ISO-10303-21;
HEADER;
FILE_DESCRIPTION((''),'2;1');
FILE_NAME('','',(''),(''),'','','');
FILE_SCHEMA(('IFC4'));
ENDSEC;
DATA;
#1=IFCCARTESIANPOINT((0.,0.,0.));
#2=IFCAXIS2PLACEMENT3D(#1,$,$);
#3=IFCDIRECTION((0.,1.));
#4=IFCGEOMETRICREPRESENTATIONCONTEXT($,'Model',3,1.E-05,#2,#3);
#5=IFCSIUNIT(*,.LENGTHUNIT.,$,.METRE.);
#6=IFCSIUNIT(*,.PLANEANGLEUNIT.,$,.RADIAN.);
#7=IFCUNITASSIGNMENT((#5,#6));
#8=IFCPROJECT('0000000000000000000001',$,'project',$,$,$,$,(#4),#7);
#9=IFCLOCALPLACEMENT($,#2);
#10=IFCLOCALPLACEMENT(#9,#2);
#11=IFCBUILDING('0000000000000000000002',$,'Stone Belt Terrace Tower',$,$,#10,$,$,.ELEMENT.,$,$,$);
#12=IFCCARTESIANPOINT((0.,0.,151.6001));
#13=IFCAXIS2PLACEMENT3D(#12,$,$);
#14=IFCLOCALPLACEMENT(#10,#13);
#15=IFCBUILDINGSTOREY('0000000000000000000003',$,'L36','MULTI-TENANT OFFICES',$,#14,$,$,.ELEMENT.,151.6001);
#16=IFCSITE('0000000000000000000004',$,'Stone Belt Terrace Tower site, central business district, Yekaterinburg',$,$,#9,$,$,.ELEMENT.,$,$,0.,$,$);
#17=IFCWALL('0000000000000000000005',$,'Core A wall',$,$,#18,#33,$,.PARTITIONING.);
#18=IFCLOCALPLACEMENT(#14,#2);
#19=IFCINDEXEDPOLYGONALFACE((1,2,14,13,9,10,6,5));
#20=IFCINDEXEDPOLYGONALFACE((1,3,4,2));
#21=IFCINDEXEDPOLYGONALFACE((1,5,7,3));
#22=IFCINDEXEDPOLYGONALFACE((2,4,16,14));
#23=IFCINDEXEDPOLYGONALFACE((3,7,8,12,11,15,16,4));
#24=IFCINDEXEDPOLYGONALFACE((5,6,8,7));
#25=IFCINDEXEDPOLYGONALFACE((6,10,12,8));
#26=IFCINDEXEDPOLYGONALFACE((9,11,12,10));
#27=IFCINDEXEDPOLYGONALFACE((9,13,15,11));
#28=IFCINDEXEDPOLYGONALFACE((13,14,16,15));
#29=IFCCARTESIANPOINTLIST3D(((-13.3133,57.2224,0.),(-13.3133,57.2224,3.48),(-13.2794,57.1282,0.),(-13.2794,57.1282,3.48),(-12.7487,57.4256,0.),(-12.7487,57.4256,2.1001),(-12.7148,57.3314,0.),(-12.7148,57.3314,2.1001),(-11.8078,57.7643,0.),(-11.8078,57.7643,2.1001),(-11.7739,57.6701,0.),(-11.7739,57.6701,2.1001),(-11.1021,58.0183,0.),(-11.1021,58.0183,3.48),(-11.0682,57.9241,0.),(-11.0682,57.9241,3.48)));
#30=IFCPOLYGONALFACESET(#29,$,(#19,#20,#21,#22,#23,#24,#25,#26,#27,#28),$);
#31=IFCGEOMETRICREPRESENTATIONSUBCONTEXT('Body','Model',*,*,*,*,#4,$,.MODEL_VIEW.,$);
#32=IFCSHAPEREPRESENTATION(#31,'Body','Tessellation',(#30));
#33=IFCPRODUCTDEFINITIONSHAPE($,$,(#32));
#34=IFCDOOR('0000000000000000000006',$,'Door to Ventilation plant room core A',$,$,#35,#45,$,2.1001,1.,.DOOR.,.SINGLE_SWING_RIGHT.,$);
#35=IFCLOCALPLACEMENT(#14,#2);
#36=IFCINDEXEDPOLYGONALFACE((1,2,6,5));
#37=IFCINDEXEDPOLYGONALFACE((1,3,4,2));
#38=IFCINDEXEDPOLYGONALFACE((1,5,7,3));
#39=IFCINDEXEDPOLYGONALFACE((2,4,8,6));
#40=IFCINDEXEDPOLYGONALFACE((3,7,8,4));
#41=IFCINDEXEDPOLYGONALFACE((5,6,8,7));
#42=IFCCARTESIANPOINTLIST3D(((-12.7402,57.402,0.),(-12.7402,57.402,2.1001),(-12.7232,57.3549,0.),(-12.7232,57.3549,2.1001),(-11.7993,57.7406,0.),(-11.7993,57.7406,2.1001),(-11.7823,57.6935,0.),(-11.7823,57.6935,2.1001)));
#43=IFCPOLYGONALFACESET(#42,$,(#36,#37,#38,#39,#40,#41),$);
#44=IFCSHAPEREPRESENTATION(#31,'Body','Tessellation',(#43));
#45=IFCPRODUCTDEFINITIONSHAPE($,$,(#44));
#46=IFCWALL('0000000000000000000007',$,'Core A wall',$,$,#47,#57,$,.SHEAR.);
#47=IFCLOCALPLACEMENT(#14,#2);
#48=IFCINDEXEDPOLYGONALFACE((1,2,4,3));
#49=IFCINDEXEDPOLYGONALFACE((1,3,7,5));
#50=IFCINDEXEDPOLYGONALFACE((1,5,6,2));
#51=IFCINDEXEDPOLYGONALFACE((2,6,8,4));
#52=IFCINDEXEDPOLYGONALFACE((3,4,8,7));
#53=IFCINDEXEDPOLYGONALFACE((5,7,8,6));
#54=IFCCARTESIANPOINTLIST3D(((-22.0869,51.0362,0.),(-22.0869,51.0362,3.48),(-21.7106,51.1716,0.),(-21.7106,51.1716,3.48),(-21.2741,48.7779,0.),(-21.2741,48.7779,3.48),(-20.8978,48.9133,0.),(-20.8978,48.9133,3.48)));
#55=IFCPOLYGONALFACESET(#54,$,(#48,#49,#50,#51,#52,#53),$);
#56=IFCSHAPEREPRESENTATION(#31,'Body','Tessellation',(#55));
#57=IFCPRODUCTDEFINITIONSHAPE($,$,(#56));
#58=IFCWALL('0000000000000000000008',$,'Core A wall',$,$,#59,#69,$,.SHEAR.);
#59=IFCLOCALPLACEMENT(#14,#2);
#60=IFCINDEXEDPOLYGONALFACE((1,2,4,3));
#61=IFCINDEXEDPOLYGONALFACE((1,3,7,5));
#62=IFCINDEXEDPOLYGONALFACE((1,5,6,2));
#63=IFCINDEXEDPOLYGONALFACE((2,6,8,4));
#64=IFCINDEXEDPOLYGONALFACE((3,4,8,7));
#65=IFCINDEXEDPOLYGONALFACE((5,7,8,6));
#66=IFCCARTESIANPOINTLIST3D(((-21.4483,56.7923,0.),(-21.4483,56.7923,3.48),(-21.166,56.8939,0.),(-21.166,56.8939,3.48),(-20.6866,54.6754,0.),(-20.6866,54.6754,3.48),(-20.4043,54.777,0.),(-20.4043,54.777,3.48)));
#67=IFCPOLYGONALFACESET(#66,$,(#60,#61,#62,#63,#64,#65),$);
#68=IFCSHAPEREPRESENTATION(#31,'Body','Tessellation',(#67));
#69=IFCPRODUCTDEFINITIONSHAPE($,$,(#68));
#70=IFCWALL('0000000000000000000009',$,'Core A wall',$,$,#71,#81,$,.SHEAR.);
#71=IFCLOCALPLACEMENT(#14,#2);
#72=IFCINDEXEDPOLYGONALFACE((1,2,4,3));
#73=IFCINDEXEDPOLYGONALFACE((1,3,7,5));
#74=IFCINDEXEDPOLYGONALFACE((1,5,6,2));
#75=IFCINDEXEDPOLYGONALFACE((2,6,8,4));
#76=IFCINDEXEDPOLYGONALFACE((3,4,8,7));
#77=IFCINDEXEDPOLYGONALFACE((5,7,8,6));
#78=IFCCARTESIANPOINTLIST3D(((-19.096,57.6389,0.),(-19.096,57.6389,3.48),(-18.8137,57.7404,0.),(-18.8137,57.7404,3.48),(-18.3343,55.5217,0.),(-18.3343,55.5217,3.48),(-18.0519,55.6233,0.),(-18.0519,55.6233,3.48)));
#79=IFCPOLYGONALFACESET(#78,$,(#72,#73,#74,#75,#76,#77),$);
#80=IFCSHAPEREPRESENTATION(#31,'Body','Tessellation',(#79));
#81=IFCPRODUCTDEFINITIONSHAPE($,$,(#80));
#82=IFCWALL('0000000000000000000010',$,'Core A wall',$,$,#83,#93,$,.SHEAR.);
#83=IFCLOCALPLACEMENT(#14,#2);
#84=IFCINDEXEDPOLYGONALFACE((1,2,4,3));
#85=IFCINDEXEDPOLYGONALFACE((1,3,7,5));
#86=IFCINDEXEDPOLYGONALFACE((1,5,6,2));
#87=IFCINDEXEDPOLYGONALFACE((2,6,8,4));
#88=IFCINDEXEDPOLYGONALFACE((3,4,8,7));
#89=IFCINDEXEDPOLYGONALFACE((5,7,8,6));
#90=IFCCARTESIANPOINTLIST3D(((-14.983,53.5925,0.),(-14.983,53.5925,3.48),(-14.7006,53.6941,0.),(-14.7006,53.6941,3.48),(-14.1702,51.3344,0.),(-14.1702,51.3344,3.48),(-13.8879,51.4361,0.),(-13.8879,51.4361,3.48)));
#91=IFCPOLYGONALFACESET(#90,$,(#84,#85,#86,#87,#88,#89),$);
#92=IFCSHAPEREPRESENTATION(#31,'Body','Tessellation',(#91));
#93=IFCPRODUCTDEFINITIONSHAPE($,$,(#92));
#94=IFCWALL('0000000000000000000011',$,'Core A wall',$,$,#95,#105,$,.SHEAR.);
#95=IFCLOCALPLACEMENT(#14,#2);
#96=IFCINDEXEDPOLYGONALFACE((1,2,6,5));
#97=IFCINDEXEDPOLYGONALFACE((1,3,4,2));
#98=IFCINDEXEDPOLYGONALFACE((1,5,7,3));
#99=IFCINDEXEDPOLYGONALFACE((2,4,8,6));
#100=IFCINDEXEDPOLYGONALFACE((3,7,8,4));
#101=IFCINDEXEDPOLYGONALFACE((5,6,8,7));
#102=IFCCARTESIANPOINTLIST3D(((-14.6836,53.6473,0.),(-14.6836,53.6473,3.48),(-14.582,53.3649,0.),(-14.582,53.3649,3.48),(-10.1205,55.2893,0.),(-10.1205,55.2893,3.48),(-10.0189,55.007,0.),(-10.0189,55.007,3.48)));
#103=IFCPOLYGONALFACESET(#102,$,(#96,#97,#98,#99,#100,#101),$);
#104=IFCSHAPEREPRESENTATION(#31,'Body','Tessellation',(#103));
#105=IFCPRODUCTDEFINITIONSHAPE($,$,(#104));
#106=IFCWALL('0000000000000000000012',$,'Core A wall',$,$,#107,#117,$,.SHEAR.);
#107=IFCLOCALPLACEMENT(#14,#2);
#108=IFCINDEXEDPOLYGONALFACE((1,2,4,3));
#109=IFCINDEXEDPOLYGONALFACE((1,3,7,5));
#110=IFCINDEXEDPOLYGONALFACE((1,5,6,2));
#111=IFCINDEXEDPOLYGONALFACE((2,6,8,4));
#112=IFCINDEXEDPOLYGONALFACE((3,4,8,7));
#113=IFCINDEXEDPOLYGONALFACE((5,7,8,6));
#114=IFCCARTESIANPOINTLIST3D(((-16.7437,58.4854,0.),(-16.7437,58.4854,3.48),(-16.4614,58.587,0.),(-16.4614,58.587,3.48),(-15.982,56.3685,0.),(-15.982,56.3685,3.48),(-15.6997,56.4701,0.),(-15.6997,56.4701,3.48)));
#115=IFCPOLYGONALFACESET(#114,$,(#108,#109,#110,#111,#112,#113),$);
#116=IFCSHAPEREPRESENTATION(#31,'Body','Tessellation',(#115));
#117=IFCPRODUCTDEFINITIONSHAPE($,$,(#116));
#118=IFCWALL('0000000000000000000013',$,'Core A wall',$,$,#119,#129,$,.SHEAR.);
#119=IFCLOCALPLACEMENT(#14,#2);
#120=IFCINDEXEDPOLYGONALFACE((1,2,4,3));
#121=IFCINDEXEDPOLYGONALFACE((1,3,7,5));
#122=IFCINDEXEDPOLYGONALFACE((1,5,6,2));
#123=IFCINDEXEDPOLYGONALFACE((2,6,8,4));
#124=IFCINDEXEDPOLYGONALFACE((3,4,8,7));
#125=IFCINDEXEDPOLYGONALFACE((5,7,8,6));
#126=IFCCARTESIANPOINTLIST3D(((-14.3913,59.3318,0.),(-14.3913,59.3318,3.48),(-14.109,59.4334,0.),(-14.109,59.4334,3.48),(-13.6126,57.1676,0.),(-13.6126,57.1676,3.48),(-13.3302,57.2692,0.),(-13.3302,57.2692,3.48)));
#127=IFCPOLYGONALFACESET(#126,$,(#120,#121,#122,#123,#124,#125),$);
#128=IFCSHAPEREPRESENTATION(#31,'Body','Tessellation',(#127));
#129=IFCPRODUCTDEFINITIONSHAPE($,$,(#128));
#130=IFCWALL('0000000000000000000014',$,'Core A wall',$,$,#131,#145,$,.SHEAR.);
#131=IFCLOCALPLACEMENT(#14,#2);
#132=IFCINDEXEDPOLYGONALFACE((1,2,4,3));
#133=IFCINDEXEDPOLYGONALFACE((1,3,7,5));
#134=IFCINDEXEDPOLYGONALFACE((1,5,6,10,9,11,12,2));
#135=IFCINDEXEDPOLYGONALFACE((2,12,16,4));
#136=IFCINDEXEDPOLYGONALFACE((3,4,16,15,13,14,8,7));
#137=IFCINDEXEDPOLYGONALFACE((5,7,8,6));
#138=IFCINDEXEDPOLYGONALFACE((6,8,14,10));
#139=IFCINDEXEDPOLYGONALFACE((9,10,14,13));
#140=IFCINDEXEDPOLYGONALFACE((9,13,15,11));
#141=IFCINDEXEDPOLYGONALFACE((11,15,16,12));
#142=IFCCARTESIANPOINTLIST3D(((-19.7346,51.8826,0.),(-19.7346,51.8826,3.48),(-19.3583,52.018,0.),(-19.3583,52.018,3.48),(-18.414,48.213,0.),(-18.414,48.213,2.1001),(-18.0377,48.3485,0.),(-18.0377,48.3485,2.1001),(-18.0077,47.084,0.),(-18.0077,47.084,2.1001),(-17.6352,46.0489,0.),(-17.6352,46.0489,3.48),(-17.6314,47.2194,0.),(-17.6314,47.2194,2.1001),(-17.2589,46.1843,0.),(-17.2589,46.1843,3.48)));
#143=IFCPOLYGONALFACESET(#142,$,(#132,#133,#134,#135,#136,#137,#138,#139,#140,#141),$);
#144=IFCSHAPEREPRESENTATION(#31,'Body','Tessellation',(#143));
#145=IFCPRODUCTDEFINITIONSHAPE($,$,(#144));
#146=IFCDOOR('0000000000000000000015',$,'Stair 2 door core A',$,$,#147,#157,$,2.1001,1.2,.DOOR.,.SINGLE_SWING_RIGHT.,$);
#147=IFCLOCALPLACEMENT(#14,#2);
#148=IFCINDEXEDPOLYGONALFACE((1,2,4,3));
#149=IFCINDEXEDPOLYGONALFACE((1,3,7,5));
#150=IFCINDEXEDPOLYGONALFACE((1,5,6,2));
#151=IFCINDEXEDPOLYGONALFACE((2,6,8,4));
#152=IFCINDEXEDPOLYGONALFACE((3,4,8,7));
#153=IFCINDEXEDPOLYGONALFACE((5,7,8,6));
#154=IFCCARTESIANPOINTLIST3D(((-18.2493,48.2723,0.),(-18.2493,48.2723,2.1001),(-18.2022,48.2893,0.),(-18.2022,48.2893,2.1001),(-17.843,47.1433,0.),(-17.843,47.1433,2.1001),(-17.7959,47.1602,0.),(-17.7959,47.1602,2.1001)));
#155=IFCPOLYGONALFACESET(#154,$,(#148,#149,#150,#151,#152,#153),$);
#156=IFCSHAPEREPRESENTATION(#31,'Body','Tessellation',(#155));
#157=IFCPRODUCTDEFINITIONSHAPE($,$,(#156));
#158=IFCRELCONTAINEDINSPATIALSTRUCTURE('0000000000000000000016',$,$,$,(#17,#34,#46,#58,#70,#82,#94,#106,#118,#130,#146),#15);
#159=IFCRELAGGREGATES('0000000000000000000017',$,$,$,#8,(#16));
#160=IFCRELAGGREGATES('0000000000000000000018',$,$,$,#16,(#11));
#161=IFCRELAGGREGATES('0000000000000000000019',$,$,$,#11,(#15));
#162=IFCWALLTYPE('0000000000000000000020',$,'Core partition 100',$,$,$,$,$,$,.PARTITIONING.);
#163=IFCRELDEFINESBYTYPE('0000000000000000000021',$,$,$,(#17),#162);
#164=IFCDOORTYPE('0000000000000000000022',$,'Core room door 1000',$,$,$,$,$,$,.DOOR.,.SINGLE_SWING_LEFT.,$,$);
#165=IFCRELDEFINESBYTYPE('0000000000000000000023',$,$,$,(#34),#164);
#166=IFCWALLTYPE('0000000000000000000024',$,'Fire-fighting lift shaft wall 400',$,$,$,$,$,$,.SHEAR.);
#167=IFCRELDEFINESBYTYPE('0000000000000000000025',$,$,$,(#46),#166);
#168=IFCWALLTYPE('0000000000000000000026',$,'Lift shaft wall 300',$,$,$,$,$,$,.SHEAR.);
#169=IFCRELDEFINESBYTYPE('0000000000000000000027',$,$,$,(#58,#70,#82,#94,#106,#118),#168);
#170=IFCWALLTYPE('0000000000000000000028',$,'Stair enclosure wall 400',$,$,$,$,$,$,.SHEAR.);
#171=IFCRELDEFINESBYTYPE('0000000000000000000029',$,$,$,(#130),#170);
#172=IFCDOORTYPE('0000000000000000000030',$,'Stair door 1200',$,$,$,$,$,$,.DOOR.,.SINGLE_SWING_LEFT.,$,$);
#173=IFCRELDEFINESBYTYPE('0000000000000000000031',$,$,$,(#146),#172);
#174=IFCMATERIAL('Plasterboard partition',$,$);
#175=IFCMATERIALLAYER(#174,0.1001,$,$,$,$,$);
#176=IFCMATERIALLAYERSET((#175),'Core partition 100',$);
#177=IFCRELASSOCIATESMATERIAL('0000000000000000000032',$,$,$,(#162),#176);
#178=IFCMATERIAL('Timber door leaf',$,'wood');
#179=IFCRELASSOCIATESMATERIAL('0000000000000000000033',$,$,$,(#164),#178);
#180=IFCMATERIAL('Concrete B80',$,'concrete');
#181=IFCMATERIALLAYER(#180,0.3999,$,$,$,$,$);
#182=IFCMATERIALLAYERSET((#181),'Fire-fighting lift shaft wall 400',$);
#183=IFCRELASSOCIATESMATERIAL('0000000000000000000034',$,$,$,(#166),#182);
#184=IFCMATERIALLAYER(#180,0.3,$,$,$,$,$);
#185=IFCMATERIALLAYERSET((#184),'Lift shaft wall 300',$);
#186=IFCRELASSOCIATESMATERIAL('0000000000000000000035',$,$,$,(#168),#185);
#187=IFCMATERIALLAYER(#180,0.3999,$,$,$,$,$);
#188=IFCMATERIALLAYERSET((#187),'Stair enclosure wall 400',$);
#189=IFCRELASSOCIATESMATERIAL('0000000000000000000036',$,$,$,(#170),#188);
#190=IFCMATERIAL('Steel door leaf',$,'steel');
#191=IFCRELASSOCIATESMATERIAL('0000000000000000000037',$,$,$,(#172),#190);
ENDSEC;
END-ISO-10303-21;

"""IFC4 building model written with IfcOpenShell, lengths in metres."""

from ifc_helpers import new_model, si_unit, direction, frame, frame_2d, origin, place, context, subcontext, project, spatial, rectangle, extrude, material, layer, layer_set, type_object, element, fill, save


model = new_model("IFC4")

# Units and contexts
model_context = context("Model", 3, precision=1e-05, world=origin(), true_north=direction((0.0, 1.0)))
body_context = subcontext(model_context, "Body", "Model", "MODEL_VIEW")
ifc_project = project(units=[si_unit("LENGTHUNIT", "METRE"), si_unit("PLANEANGLEUNIT", "RADIAN")], contexts=[model_context])

# Site, building, storey
site_placement = place(None, origin())
site = spatial("IfcSite", under=ifc_project, at=site_placement, Name="Stone Belt Terrace Tower site, central business district, Yekaterinburg", CompositionType="ELEMENT", RefElevation=0.0)
building_placement = place(site_placement, origin())
building = spatial("IfcBuilding", under=site, at=building_placement, Name="Stone Belt Terrace Tower", CompositionType="ELEMENT")
storey_placement = place(building_placement, frame((0.0, 0.0, 151.6001)))
storey = spatial("IfcBuildingStorey", under=building, at=storey_placement, Name="L36", Description="MULTI-TENANT OFFICES", CompositionType="ELEMENT", Elevation=151.6001)

# Shared definitions
ifc_material_1 = material(Name="Concrete B80", Category="concrete")

# Shared definitions
ifc_material_2 = material(Name="Plasterboard partition")
ifc_layer_1 = layer(ifc_material_2, 0.1001)
ifc_layer_set_1 = layer_set([ifc_layer_1], Name="Core partition 100")
wall_type_1 = type_object("IfcWallType", Name="Core partition 100", PredefinedType="PARTITIONING", material=ifc_layer_set_1)
ifc_material_3 = material(Name="Timber door leaf", Category="wood")
door_type_1 = type_object("IfcDoorType", Name="Core room door 1000", OperationType="SINGLE_SWING_LEFT", PredefinedType="DOOR", material=ifc_material_3)

# Wall, opening, door
wall_1_placement = place(storey_placement, frame((-13.2964, 57.1753, 0.0), z_axis=(0.0, 0.0, 1.0), x_axis=(0.940905, 0.338672, 0.0)))
wall_1 = element("IfcWall", 1, at=wall_1_placement, inside=storey, type_object=wall_type_1, Name="Core A wall", PredefinedType="PARTITIONING", context=body_context, shape_type="SweptSolid", body=[
    extrude(rectangle(XDim=2.3501, YDim=0.1001, at=frame_2d((1.175, 0.0))), origin(), (0.0, 0.0, 1.0), 3.48),
])
opening_1_placement = place(wall_1_placement, frame((0.6001, 0.0, 0.0)))
opening_1 = element("IfcOpeningElement", 2, at=opening_1_placement, cuts=wall_1, PredefinedType="OPENING", context=body_context, shape_type="SweptSolid", body=[
    extrude(rectangle(XDim=1.0, YDim=2.1001, at=frame_2d((0.5, 1.05))), frame((0.0, 0.0601, 0.0), z_axis=(0.0, -1.0, 0.0), x_axis=(1.0, 0.0, 0.0)), (0.0, 0.0, 1.0), 0.1201),
])
door_1_placement = place(opening_1_placement, origin())
door_1 = element("IfcDoor", 3, at=door_1_placement, inside=storey, type_object=door_type_1, Name="Door to Ventilation plant room core A", OperationType="SINGLE_SWING_RIGHT", OverallHeight=2.1001, OverallWidth=1.0, PredefinedType="DOOR", context=body_context, shape_type="SweptSolid", body=[
    extrude(rectangle(XDim=1.0, YDim=2.1001, at=frame_2d((0.5, 1.05))), frame((0.0, 0.0249, 0.0), z_axis=(0.0, -1.0, 0.0), x_axis=(1.0, 0.0, 0.0)), (0.0, 0.0, 1.0), 0.05),
])
fill(opening_1, door_1)

# Walls
ifc_layer_2 = layer(ifc_material_1, 0.3999)
ifc_layer_set_2 = layer_set([ifc_layer_2], Name="Fire-fighting lift shaft wall 400")
wall_type_2 = type_object("IfcWallType", Name="Fire-fighting lift shaft wall 400", PredefinedType="SHEAR", material=ifc_layer_set_2)
wall_2_placement = place(storey_placement, frame((-21.0859, 48.8455, 0.0), z_axis=(0.0, 0.0, 1.0), x_axis=(-0.338629, 0.94092, 0.0)))
element("IfcWall", 4, at=wall_2_placement, inside=storey, type_object=wall_type_2, Name="Core A wall", PredefinedType="SHEAR", context=body_context, shape_type="SweptSolid", body=[
    extrude(rectangle(XDim=2.4001, YDim=0.3999, at=frame_2d((1.2002, 0.0))), origin(), (0.0, 0.0, 1.0), 3.48),
])
ifc_layer_3 = layer(ifc_material_1, 0.3)
ifc_layer_set_3 = layer_set([ifc_layer_3], Name="Lift shaft wall 300")
wall_type_3 = type_object("IfcWallType", Name="Lift shaft wall 300", PredefinedType="SHEAR", material=ifc_layer_set_3)
wall_3_placement = place(storey_placement, frame((-20.5454, 54.7261, 0.0), z_axis=(0.0, 0.0, 1.0), x_axis=(-0.33857, 0.940941, 0.0)))
element("IfcWall", 5, at=wall_3_placement, inside=storey, type_object=wall_type_3, Name="Core A wall", PredefinedType="SHEAR", context=body_context, shape_type="SweptSolid", body=[
    extrude(rectangle(XDim=2.2498, YDim=0.3, at=frame_2d((1.125, 0.0))), origin(), (0.0, 0.0, 1.0), 3.48),
])
wall_4_placement = place(storey_placement, frame((-18.1931, 55.5725, 0.0), z_axis=(0.0, 0.0, 1.0), x_axis=(-0.338535, 0.940954, 0.0)))
element("IfcWall", 6, at=wall_4_placement, inside=storey, type_object=wall_type_3, Name="Core A wall", PredefinedType="SHEAR", context=body_context, shape_type="SweptSolid", body=[
    extrude(rectangle(XDim=2.25, YDim=0.3, at=frame_2d((1.125, 0.0))), origin(), (0.0, 0.0, 1.0), 3.48),
])
wall_5_placement = place(storey_placement, frame((-14.0291, 51.3853, 0.0), z_axis=(0.0, 0.0, 1.0), x_axis=(-0.338662, 0.940908, 0.0)))
element("IfcWall", 7, at=wall_5_placement, inside=storey, type_object=wall_type_3, Name="Core A wall", PredefinedType="SHEAR", context=body_context, shape_type="SweptSolid", body=[
    extrude(rectangle(XDim=2.3999, YDim=0.3, at=frame_2d((1.2, 0.0))), origin(), (0.0, 0.0, 1.0), 3.48),
])
wall_6_placement = place(storey_placement, frame((-14.6328, 53.5061, 0.0), z_axis=(0.0, 0.0, 1.0), x_axis=(0.940932, 0.338596, 0.0)))
element("IfcWall", 8, at=wall_6_placement, inside=storey, type_object=wall_type_3, Name="Core A wall", PredefinedType="SHEAR", context=body_context, shape_type="SweptSolid", body=[
    extrude(rectangle(XDim=4.8496, YDim=0.3, at=frame_2d((2.4248, 0.0))), origin(), (0.0, 0.0, 1.0), 3.48),
])
wall_7_placement = place(storey_placement, frame((-15.8408, 56.4192, 0.0), z_axis=(0.0, 0.0, 1.0), x_axis=(-0.33857, 0.940941, 0.0)))
element("IfcWall", 9, at=wall_7_placement, inside=storey, type_object=wall_type_3, Name="Core A wall", PredefinedType="SHEAR", context=body_context, shape_type="SweptSolid", body=[
    extrude(rectangle(XDim=2.2498, YDim=0.3, at=frame_2d((1.125, 0.0))), origin(), (0.0, 0.0, 1.0), 3.48),
])
wall_8_placement = place(storey_placement, frame((-13.4714, 57.2185, 0.0), z_axis=(0.0, 0.0, 1.0), x_axis=(-0.338588, 0.940935, 0.0)))
element("IfcWall", 10, at=wall_8_placement, inside=storey, type_object=wall_type_3, Name="Core A wall", PredefinedType="SHEAR", context=body_context, shape_type="SweptSolid", body=[
    extrude(rectangle(XDim=2.3, YDim=0.3, at=frame_2d((1.1499, 0.0))), origin(), (0.0, 0.0, 1.0), 3.48),
])

# Wall, opening, door
ifc_layer_4 = layer(ifc_material_1, 0.3999)
ifc_layer_set_4 = layer_set([ifc_layer_4], Name="Stair enclosure wall 400")
wall_type_4 = type_object("IfcWallType", Name="Stair enclosure wall 400", PredefinedType="SHEAR", material=ifc_layer_set_4)
wall_9_placement = place(storey_placement, frame((-17.447, 46.1165, 0.0), z_axis=(0.0, 0.0, 1.0), x_axis=(-0.338608, 0.940928, 0.0)))
wall_9 = element("IfcWall", 11, at=wall_9_placement, inside=storey, type_object=wall_type_4, Name="Core A wall", PredefinedType="SHEAR", context=body_context, shape_type="SweptSolid", body=[
    extrude(rectangle(XDim=6.2, YDim=0.3999, at=frame_2d((3.1001, 0.0))), origin(), (0.0, 0.0, 1.0), 3.48),
])
opening_2_placement = place(wall_9_placement, frame((1.1001, 0.0, 0.0)))
opening_2 = element("IfcOpeningElement", 12, at=opening_2_placement, cuts=wall_9, PredefinedType="OPENING", context=body_context, shape_type="SweptSolid", body=[
    extrude(rectangle(XDim=1.2, YDim=2.1001, at=frame_2d((0.6001, 1.05))), frame((0.0, 0.21, 0.0), z_axis=(0.0, -1.0, 0.0), x_axis=(1.0, 0.0, 0.0)), (0.0, 0.0, 1.0), 0.4199),
])
ifc_material_4 = material(Name="Steel door leaf", Category="steel")
door_type_2 = type_object("IfcDoorType", Name="Stair door 1200", OperationType="SINGLE_SWING_LEFT", PredefinedType="DOOR", material=ifc_material_4)
door_2_placement = place(opening_2_placement, origin())
door_2 = element("IfcDoor", 13, at=door_2_placement, inside=storey, type_object=door_type_2, Name="Stair 2 door core A", OperationType="SINGLE_SWING_RIGHT", OverallHeight=2.1001, OverallWidth=1.2, PredefinedType="DOOR", context=body_context, shape_type="SweptSolid", body=[
    extrude(rectangle(XDim=1.2, YDim=2.1001, at=frame_2d((0.6001, 1.05))), frame((0.0, 0.0249, 0.0), z_axis=(0.0, -1.0, 0.0), x_axis=(1.0, 0.0, 0.0)), (0.0, 0.0, 1.0), 0.05),
])
fill(opening_2, door_2)

save(model, "model.ifc")
